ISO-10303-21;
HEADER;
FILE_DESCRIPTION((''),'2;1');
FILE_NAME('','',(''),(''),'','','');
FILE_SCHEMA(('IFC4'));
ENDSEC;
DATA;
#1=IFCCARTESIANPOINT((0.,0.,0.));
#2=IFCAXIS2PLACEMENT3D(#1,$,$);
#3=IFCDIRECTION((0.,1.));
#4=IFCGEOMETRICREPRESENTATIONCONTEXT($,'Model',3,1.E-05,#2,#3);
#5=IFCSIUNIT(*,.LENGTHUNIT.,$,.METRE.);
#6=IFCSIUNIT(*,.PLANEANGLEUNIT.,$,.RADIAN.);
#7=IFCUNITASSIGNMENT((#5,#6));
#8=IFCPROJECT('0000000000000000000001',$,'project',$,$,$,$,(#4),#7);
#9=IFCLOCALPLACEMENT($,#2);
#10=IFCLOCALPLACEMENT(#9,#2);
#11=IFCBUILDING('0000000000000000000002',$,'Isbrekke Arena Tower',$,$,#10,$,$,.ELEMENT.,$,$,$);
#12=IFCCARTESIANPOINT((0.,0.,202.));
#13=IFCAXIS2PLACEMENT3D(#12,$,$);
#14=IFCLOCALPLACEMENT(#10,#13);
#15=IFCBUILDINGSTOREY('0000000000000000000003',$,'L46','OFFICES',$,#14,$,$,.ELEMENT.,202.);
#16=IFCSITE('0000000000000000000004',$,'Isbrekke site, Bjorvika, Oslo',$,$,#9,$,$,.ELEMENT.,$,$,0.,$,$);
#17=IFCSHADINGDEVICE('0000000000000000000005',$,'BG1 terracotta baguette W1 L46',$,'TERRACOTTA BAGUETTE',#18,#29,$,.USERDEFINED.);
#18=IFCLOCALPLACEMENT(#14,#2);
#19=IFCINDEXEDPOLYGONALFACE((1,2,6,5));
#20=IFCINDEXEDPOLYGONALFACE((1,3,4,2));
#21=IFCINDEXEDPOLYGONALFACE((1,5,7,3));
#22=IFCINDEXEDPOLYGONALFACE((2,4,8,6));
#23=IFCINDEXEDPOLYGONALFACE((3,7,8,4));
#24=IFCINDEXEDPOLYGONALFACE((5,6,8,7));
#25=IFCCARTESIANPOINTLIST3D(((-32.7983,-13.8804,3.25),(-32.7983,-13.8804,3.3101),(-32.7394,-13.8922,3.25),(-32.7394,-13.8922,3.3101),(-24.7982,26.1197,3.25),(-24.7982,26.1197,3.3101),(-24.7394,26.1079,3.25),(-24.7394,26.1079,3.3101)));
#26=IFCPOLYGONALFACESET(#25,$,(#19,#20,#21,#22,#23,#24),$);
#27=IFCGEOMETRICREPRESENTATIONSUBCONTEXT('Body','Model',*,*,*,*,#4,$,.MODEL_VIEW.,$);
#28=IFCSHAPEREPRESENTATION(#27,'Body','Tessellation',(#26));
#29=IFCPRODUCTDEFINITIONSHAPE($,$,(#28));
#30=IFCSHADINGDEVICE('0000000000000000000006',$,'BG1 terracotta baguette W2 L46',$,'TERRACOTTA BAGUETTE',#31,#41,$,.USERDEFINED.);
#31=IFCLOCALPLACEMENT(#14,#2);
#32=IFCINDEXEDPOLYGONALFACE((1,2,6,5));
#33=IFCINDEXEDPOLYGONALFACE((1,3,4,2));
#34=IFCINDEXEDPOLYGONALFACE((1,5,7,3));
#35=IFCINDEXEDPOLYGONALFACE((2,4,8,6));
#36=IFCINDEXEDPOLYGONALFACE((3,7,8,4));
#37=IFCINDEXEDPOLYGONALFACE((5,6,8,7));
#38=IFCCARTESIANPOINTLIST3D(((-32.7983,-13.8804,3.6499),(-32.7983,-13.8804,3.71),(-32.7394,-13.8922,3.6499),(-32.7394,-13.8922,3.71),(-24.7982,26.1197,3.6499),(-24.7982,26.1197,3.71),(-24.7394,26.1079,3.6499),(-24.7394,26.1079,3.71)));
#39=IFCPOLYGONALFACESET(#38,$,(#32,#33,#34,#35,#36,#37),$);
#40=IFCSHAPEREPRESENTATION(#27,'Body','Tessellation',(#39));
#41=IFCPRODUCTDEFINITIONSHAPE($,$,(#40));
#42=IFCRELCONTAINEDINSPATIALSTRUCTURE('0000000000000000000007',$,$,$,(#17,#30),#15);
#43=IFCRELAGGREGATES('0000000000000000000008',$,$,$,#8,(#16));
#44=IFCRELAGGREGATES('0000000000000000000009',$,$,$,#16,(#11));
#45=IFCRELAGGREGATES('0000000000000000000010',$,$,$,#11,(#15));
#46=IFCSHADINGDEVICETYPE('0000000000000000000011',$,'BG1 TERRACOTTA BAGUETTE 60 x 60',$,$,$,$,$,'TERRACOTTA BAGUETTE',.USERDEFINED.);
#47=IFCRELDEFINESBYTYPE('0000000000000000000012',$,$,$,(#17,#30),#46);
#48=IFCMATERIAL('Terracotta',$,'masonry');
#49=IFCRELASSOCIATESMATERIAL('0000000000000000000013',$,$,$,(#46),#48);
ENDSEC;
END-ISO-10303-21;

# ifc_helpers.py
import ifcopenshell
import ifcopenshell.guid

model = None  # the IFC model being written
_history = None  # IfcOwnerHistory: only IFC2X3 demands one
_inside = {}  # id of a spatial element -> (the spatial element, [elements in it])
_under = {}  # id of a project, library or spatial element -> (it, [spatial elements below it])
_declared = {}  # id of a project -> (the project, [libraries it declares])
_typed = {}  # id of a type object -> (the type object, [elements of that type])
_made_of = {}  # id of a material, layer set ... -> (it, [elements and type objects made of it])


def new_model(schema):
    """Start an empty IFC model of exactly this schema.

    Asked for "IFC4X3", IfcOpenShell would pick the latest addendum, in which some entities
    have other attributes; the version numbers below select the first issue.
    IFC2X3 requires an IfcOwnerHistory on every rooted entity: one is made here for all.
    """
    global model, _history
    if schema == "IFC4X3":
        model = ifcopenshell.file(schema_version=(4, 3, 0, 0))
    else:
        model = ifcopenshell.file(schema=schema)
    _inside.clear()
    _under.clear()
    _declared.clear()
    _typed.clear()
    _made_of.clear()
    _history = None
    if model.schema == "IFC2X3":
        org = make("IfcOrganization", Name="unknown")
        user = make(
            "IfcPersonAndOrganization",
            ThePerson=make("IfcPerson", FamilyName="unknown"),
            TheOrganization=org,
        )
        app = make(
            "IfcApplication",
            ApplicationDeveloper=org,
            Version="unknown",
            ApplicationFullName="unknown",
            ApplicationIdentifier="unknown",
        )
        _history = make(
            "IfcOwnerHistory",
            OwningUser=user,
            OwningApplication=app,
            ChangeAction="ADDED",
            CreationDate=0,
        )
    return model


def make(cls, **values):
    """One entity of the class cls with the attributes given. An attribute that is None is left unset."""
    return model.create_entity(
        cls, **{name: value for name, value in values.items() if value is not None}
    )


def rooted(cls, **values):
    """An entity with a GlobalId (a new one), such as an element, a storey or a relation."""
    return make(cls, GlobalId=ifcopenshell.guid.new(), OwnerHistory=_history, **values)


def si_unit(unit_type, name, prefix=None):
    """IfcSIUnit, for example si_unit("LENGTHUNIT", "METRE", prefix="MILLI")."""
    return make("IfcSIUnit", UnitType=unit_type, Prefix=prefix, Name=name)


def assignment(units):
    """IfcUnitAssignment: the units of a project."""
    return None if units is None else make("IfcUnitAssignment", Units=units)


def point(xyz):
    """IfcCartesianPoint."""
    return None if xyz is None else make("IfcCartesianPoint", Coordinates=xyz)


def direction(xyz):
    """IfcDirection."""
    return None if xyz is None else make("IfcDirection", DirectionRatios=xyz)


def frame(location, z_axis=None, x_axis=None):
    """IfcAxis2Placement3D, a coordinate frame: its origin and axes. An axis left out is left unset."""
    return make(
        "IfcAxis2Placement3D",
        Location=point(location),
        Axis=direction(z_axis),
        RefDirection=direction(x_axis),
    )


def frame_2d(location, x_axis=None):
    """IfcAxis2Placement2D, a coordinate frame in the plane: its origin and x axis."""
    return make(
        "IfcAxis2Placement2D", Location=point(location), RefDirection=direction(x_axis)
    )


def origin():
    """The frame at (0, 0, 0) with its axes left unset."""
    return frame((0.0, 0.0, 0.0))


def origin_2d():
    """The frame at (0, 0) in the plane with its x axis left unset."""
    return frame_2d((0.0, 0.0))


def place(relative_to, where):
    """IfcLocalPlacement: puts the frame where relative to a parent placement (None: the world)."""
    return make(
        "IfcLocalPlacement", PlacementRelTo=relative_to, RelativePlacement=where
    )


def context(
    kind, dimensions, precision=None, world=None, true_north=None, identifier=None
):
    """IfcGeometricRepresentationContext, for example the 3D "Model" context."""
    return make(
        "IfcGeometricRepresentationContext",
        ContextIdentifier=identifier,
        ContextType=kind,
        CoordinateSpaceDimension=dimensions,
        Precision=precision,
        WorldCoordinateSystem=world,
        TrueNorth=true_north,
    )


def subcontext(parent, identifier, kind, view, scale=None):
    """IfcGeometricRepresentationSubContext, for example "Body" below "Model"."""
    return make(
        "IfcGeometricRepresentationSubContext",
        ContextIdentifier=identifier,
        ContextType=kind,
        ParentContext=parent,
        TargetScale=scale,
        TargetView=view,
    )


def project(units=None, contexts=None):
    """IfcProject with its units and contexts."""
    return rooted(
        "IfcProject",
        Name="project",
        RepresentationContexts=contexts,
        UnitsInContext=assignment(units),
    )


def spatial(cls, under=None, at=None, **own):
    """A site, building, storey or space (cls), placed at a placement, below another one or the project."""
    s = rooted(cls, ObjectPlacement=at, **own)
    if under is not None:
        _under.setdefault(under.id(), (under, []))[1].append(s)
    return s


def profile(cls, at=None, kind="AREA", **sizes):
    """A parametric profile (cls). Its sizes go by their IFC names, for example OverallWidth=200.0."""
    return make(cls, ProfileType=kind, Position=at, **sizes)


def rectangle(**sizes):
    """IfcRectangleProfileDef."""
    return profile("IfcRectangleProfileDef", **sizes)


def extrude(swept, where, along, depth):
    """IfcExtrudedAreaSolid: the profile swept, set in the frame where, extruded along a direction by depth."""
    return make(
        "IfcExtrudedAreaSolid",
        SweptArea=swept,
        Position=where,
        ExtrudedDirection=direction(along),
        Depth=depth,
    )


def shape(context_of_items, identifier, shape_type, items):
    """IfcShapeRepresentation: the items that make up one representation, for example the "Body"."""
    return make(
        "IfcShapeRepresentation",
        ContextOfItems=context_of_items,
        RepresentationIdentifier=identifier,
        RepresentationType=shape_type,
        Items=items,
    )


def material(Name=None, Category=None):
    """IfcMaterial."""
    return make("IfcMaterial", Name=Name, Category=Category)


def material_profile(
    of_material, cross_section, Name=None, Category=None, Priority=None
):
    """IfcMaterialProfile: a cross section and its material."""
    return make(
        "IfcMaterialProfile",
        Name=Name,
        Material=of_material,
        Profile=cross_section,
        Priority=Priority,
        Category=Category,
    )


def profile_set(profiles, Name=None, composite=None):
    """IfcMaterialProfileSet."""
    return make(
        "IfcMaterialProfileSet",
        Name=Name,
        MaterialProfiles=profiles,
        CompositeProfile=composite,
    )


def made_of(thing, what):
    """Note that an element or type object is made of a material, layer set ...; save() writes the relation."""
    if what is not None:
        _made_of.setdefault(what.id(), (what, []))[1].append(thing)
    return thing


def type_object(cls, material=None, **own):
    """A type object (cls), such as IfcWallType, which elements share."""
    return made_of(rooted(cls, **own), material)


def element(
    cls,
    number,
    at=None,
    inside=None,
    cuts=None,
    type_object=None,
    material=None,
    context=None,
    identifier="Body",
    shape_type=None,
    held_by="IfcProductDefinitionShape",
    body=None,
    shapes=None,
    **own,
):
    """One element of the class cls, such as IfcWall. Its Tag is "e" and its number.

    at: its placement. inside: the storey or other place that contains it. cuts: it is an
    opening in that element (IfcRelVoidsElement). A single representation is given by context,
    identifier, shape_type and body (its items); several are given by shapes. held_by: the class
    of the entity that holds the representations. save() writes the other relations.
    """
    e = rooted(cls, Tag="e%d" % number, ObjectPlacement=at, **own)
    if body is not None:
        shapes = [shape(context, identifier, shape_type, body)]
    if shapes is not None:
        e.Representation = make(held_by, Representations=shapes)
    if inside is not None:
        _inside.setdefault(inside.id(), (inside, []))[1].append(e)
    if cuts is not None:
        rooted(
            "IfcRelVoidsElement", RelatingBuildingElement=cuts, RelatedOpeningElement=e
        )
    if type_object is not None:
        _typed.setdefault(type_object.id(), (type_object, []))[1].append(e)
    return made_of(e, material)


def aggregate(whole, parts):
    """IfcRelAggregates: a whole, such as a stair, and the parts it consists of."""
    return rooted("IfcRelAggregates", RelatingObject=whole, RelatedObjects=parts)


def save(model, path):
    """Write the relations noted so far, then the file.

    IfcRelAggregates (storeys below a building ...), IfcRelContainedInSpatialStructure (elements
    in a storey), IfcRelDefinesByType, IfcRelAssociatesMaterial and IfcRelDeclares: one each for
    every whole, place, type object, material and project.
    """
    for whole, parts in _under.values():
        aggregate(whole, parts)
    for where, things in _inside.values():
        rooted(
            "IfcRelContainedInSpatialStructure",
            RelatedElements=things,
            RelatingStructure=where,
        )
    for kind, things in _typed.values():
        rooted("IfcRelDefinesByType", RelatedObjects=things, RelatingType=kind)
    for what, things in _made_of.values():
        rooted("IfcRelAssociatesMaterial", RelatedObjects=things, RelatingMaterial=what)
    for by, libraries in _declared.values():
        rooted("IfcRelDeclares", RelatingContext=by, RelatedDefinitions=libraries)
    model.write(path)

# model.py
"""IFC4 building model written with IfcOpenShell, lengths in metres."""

from ifc_helpers import new_model, si_unit, direction, frame, origin, origin_2d, place, context, subcontext, project, spatial, rectangle, extrude, material, material_profile, profile_set, type_object, element, save


model = new_model("IFC4")

# Units and contexts
model_context = context("Model", 3, precision=1e-05, world=origin(), true_north=direction((0.0, 1.0)))
body_context = subcontext(model_context, "Body", "Model", "MODEL_VIEW")
ifc_project = project(units=[si_unit("LENGTHUNIT", "METRE"), si_unit("PLANEANGLEUNIT", "RADIAN")], contexts=[model_context])

# Site, building, storey
site_placement = place(None, origin())
site = spatial("IfcSite", under=ifc_project, at=site_placement, Name="Isbrekke site, Bjorvika, Oslo", CompositionType="ELEMENT", RefElevation=0.0)
building_placement = place(site_placement, origin())
building = spatial("IfcBuilding", under=site, at=building_placement, Name="Isbrekke Arena Tower", CompositionType="ELEMENT")
storey_placement = place(building_placement, frame((0.0, 0.0, 202.0)))
storey = spatial("IfcBuildingStorey", under=building, at=storey_placement, Name="L46", Description="OFFICES", CompositionType="ELEMENT", Elevation=202.0)

# Shading devices
ifc_material_1 = material(Name="Terracotta", Category="masonry")
ifc_material_profile_1 = material_profile(ifc_material_1, rectangle(XDim=0.0601, YDim=0.0601, at=origin_2d()), Name="BAGUETTE 60X60")
ifc_profile_set_1 = profile_set([ifc_material_profile_1], Name="Terracotta")
shading_device_type = type_object("IfcShadingDeviceType", Name="BG1 TERRACOTTA BAGUETTE 60 x 60", ElementType="TERRACOTTA BAGUETTE", PredefinedType="USERDEFINED", material=ifc_profile_set_1)
for number, where, z_axis, x_axis, name in (
    (1, (-24.7688, 26.1138, 3.28), (-0.196116, -0.980581, 0.0), (0.980581, -0.196116, 0.0), "BG1 terracotta baguette W1 L46"),
    (2, (-24.7688, 26.1138, 3.6799), (-0.196116, -0.980581, 0.0), (0.980581, -0.196116, 0.0), "BG1 terracotta baguette W2 L46"),
):
    element("IfcShadingDevice", number, at=place(storey_placement, frame(where, z_axis=z_axis, x_axis=x_axis)), inside=storey, type_object=shading_device_type, Name=name, ObjectType="TERRACOTTA BAGUETTE", PredefinedType="USERDEFINED", context=body_context, shape_type="SweptSolid", body=[
        extrude(rectangle(XDim=0.0601, YDim=0.0601, at=origin_2d()), origin(), (0.0, 0.0, 1.0), 40.7922),
    ])

save(model, "model.ifc")
